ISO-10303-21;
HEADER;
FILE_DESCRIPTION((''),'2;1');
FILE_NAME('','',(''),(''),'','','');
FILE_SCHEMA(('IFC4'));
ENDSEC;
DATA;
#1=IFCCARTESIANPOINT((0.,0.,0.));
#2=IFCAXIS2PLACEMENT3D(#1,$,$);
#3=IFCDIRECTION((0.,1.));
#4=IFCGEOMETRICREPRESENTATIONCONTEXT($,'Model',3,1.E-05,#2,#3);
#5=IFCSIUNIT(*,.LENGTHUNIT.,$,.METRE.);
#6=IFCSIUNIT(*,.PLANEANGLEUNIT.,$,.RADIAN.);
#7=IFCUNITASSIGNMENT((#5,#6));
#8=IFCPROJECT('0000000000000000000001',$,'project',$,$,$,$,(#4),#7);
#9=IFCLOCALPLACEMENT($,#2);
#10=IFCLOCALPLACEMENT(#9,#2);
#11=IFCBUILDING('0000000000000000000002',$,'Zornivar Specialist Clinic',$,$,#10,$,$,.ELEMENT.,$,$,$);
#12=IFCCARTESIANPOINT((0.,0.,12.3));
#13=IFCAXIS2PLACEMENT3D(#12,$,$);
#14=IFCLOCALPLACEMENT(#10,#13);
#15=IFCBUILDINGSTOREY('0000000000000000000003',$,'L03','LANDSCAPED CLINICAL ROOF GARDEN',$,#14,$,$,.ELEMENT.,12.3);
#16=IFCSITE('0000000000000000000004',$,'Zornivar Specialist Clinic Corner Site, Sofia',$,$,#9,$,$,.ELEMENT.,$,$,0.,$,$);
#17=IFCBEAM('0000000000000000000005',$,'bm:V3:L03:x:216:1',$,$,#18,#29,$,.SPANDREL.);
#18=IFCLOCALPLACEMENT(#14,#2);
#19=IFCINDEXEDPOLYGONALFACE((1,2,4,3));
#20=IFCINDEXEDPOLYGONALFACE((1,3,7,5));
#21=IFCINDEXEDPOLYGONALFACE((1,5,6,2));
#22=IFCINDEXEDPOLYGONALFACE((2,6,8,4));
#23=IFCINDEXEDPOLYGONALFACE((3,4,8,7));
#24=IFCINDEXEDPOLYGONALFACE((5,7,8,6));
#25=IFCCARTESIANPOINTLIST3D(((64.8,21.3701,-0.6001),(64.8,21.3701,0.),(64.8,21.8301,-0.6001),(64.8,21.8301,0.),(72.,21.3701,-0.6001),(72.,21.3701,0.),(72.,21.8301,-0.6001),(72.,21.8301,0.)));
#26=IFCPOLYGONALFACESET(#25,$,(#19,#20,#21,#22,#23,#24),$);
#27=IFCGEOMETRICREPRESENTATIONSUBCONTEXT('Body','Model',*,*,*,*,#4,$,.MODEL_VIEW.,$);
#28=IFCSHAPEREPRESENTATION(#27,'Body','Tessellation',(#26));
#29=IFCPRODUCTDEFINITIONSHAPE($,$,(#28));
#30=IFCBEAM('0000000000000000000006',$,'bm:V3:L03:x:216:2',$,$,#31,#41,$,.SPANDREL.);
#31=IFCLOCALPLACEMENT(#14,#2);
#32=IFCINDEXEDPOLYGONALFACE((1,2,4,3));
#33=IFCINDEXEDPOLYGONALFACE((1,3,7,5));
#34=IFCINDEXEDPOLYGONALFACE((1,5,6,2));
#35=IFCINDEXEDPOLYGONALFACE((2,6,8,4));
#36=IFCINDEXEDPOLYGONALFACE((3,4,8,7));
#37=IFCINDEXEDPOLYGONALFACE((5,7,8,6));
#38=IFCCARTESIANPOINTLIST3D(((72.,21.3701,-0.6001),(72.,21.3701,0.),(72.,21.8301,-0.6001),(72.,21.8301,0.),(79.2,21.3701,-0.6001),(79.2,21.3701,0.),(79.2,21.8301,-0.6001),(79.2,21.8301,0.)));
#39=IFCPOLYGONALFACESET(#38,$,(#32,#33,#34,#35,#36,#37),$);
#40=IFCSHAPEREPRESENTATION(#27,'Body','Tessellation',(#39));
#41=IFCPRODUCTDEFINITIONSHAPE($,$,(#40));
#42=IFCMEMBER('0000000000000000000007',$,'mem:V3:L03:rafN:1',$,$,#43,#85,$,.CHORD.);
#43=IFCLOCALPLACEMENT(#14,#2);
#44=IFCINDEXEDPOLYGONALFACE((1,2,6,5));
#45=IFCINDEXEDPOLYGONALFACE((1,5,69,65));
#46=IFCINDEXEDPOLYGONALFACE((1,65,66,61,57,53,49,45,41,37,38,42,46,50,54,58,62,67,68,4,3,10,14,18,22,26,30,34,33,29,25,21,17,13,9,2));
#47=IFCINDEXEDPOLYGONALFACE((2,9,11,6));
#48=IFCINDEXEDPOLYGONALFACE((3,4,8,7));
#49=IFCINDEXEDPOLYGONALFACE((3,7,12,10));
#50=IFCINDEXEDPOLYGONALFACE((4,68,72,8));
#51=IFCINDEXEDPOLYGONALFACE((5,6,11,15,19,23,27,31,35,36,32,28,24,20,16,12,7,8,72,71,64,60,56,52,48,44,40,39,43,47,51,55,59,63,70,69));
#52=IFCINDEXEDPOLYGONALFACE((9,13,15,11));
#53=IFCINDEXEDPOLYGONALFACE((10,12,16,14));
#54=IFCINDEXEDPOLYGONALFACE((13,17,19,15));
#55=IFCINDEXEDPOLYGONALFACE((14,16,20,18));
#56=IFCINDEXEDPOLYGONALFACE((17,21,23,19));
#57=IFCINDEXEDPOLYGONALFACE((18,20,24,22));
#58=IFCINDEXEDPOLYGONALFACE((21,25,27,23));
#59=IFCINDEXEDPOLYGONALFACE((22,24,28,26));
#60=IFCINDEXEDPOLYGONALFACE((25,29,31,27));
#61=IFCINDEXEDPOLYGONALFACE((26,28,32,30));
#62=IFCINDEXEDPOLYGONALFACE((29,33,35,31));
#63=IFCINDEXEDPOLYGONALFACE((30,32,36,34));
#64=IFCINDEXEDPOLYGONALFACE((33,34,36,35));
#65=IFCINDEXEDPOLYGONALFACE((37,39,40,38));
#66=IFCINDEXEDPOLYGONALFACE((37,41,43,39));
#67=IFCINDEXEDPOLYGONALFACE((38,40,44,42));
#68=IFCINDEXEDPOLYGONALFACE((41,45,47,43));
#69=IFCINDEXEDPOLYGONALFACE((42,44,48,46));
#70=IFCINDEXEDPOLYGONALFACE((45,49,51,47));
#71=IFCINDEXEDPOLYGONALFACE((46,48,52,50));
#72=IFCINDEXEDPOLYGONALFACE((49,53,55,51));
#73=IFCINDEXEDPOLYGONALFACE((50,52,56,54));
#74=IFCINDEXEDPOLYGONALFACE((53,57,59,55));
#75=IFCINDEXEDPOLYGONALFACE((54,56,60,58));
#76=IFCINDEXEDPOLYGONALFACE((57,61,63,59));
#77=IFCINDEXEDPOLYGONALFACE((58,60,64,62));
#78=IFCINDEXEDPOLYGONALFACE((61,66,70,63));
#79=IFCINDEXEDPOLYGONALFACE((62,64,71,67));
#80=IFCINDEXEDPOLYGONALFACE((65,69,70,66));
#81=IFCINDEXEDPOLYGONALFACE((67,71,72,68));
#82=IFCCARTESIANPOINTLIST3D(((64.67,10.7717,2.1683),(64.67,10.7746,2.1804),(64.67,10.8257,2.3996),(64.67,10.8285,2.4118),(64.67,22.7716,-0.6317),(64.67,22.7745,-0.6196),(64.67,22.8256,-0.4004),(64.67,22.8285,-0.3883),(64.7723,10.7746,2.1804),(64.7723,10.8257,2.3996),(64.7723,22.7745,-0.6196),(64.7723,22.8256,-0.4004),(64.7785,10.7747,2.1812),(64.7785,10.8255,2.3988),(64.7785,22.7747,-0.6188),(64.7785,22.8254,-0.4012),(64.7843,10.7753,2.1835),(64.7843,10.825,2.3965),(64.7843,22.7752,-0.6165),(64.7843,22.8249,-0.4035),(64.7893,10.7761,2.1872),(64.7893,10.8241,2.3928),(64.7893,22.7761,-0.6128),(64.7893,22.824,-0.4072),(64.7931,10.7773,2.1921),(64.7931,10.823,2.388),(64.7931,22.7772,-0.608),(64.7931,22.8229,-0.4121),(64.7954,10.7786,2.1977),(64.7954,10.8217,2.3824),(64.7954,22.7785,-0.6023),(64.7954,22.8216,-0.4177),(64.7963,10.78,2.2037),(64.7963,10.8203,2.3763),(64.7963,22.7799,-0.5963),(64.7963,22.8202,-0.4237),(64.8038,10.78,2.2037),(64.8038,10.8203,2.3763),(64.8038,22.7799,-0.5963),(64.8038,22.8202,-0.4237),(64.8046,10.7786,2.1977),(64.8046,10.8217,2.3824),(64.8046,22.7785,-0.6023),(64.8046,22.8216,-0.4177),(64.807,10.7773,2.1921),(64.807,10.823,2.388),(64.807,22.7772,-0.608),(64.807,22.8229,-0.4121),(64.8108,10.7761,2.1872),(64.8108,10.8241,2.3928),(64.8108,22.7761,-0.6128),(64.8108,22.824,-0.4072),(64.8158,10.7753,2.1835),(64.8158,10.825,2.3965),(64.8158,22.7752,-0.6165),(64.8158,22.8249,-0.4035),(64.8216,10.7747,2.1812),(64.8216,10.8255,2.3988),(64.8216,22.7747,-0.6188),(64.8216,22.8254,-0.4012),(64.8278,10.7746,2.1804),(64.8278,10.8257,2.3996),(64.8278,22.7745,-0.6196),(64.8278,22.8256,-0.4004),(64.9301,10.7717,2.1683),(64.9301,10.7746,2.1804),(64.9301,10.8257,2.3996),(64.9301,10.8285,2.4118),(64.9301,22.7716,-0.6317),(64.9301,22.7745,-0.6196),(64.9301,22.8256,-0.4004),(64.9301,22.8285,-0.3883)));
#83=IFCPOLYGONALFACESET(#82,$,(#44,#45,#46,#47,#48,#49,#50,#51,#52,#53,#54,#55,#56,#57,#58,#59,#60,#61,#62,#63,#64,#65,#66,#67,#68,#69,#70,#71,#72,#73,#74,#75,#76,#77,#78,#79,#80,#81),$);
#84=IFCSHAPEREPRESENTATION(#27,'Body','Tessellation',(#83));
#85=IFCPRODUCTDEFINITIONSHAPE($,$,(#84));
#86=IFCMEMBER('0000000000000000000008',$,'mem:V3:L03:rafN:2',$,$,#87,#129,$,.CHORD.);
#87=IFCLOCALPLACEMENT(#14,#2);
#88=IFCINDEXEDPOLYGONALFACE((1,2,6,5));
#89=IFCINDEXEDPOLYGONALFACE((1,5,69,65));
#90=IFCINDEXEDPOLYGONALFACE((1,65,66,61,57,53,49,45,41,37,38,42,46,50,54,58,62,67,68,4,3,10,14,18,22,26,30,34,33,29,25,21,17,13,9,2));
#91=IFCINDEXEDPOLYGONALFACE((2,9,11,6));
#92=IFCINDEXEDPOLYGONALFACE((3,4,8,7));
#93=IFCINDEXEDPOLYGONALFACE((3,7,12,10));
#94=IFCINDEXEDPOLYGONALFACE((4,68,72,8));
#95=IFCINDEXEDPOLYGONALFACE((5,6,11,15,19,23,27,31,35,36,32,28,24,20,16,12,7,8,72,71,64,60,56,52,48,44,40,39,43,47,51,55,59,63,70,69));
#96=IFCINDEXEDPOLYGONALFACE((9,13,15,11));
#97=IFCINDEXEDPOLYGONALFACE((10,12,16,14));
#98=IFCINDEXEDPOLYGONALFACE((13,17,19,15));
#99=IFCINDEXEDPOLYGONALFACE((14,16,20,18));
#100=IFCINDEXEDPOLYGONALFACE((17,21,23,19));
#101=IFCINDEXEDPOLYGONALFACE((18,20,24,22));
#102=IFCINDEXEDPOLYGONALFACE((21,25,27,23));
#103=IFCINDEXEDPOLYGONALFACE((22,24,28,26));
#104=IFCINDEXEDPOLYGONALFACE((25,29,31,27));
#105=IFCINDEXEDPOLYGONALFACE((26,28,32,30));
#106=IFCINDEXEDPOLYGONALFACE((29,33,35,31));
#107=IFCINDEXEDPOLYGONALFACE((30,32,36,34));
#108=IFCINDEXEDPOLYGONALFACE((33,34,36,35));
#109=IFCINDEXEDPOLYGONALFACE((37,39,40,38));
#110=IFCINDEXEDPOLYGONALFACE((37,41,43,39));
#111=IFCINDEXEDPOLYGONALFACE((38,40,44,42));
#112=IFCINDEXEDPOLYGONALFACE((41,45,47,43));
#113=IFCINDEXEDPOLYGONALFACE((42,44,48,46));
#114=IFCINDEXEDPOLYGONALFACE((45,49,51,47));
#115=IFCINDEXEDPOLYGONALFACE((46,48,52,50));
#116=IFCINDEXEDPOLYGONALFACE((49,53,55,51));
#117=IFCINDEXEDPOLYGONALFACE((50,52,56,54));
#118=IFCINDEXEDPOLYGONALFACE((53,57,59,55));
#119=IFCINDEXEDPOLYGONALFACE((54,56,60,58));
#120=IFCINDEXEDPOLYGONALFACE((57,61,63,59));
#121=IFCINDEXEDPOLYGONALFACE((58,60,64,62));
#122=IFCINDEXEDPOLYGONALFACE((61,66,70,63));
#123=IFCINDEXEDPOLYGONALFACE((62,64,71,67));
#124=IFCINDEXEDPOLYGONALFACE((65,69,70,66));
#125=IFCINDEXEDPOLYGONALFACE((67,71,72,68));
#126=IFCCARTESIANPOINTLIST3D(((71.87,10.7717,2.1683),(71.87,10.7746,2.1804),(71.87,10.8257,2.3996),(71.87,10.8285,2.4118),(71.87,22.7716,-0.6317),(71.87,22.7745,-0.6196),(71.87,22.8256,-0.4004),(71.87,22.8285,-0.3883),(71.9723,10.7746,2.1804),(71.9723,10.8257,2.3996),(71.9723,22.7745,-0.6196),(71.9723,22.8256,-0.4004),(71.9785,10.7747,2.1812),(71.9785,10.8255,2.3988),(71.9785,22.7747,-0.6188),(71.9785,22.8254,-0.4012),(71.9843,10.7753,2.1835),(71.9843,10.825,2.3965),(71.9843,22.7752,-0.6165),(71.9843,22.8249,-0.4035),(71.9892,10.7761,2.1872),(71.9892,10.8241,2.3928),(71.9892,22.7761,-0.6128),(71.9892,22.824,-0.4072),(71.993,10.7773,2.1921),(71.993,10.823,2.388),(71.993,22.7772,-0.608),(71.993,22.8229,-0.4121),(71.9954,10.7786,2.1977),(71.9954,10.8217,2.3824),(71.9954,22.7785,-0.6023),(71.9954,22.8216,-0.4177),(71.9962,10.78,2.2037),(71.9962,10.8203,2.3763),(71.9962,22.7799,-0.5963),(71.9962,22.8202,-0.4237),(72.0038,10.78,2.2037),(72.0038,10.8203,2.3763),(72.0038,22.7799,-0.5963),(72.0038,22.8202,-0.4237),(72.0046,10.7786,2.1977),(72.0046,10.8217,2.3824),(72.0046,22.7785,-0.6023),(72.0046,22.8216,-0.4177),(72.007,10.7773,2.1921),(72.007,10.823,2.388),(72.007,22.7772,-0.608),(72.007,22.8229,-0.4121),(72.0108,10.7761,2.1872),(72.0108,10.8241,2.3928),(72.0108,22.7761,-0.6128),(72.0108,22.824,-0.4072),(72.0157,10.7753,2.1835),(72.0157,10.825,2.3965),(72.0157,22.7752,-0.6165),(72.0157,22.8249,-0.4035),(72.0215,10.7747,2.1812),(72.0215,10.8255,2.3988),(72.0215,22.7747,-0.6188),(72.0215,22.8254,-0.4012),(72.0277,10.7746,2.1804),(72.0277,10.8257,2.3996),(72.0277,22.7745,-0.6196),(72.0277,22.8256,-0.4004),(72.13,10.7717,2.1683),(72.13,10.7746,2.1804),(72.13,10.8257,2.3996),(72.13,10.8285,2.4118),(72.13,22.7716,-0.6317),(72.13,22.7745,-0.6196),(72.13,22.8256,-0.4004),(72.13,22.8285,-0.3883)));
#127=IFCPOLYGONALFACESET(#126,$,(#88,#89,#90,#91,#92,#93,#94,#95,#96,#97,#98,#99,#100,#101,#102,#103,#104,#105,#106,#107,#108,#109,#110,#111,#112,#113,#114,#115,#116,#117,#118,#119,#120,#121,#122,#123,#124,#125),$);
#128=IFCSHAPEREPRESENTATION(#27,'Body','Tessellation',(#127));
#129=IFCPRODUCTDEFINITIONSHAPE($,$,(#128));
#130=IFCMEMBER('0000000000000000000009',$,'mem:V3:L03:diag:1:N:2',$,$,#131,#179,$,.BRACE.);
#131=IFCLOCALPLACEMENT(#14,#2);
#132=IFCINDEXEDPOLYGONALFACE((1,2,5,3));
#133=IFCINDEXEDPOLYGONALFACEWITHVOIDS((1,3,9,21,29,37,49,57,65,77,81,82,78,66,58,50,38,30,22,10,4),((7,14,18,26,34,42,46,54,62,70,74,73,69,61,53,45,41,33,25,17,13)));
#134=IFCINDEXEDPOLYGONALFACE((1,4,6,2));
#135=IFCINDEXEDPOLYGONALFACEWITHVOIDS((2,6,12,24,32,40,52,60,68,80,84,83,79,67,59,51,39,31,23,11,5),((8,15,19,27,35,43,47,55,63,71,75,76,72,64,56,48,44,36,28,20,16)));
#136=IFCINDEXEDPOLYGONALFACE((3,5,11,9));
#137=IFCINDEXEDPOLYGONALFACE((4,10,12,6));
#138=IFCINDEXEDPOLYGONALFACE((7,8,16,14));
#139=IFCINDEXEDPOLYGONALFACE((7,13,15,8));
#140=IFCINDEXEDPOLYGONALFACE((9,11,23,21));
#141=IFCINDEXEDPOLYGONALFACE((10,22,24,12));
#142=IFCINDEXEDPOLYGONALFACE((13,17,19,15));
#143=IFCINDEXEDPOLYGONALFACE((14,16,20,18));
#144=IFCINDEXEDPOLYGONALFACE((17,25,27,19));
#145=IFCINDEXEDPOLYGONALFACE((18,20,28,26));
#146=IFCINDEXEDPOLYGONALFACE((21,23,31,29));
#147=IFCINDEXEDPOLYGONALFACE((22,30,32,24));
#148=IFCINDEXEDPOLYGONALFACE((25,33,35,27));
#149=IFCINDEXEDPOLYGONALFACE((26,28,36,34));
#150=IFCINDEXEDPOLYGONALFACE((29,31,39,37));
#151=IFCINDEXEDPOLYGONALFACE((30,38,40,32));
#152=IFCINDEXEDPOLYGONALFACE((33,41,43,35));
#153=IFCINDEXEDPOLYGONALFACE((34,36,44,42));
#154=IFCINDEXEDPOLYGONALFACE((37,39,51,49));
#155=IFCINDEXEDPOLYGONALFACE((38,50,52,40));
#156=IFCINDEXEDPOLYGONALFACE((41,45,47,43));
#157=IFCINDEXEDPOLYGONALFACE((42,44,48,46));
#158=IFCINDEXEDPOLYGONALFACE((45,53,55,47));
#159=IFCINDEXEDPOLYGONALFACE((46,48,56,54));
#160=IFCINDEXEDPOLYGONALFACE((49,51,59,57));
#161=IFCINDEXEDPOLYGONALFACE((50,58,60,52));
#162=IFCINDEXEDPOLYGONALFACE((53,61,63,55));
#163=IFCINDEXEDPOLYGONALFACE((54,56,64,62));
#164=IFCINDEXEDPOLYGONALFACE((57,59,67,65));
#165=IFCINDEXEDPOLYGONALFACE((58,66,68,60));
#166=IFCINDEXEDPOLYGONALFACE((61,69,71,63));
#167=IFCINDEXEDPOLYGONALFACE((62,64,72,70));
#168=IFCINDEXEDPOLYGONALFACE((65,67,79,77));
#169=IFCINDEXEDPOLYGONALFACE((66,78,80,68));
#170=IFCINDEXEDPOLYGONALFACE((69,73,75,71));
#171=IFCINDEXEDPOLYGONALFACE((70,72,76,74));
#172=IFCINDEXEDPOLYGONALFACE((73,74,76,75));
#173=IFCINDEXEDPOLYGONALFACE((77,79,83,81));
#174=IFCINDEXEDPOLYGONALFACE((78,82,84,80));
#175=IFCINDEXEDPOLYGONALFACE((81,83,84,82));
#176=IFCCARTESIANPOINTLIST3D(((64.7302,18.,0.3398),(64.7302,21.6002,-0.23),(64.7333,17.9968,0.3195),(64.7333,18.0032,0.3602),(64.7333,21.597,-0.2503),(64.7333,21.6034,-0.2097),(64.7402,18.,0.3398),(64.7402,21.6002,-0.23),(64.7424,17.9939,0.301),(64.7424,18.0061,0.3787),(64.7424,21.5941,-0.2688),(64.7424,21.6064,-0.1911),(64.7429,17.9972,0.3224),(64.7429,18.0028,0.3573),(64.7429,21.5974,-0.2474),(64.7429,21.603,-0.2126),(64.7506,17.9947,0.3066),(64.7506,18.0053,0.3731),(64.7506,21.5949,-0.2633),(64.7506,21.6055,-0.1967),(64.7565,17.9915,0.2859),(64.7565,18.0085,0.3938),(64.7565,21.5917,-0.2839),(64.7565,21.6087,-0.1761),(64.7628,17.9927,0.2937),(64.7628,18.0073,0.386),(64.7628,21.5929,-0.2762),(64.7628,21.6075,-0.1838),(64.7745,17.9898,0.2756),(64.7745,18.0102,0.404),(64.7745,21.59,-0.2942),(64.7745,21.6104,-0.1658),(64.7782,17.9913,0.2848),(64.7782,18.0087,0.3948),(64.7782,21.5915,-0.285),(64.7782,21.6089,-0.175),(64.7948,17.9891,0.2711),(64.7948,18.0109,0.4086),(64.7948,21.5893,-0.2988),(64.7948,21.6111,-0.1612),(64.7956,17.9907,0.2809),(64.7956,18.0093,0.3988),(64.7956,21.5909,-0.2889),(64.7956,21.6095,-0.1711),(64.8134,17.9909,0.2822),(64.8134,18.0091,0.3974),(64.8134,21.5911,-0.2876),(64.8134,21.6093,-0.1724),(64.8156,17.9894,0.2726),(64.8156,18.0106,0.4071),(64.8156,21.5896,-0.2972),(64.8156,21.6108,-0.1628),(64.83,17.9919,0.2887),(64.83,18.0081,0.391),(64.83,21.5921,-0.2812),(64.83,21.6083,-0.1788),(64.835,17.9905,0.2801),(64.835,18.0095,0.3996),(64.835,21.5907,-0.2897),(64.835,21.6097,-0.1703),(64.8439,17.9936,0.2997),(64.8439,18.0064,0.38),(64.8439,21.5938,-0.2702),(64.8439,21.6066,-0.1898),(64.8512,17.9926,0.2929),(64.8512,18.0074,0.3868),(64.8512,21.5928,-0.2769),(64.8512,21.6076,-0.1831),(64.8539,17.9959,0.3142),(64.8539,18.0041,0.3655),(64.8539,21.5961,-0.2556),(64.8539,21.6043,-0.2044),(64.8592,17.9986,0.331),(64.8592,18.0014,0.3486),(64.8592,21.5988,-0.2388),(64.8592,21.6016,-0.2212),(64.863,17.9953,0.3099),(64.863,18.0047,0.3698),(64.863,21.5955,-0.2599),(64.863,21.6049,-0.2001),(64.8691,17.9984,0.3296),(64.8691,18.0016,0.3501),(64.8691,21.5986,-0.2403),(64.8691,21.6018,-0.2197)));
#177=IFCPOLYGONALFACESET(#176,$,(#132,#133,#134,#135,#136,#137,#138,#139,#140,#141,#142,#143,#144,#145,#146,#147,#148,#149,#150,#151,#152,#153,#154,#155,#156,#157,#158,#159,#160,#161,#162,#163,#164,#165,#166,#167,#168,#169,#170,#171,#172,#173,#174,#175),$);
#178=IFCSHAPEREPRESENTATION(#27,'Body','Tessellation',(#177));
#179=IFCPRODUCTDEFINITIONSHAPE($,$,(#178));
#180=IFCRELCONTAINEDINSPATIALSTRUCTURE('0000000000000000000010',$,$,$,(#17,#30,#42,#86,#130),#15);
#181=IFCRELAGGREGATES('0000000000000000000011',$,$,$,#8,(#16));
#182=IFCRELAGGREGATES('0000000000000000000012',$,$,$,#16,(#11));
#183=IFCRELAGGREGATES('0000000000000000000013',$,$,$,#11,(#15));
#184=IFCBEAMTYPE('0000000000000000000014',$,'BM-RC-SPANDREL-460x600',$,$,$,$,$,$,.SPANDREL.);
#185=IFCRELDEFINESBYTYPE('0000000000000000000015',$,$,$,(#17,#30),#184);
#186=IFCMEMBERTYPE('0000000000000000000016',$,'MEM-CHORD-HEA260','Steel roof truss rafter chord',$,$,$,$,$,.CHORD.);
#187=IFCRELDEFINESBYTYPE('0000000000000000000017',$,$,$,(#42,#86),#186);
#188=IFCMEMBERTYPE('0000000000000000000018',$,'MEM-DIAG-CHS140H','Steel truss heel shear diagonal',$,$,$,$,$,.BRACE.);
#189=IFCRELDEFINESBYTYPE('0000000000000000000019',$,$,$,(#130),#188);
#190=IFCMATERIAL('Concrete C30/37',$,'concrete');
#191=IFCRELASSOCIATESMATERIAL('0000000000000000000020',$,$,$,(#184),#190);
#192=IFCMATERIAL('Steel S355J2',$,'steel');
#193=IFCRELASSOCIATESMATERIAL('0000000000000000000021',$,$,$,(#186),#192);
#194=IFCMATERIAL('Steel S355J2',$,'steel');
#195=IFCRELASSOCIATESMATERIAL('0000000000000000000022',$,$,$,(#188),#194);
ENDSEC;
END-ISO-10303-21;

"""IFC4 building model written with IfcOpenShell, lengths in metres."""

from ifc_helpers import new_model, si_unit, direction, frame, origin, origin_2d, place, context, subcontext, project, spatial, rectangle, hollow_circle, i_section, extrude, material, material_profile, profile_set, type_object, element, save


model = new_model("IFC4")

# Units and contexts
model_context = context("Model", 3, precision=1e-05, world=origin(), true_north=direction((0.0, 1.0)))
body_context = subcontext(model_context, "Body", "Model", "MODEL_VIEW")
ifc_project = project(units=[si_unit("LENGTHUNIT", "METRE"), si_unit("PLANEANGLEUNIT", "RADIAN")], contexts=[model_context])

# Site, building, storey
site_placement = place(None, origin())
site = spatial("IfcSite", under=ifc_project, at=site_placement, Name="Zornivar Specialist Clinic Corner Site, Sofia", CompositionType="ELEMENT", RefElevation=0.0)
building_placement = place(site_placement, origin())
building = spatial("IfcBuilding", under=site, at=building_placement, Name="Zornivar Specialist Clinic", CompositionType="ELEMENT")
storey_placement = place(building_placement, frame((0.0, 0.0, 12.3)))
storey = spatial("IfcBuildingStorey", under=building, at=storey_placement, Name="L03", Description="LANDSCAPED CLINICAL ROOF GARDEN", CompositionType="ELEMENT", Elevation=12.3)

# Beams
ifc_material_1 = material(Name="Concrete C30/37", Category="concrete")
ifc_material_profile_1 = material_profile(ifc_material_1, rectangle(XDim=0.46, YDim=0.6001, at=origin_2d()), Name="RC 460x600")
ifc_profile_set_1 = profile_set([ifc_material_profile_1], Name="Concrete C30/37")
beam_type = type_object("IfcBeamType", Name="BM-RC-SPANDREL-460x600", PredefinedType="SPANDREL", material=ifc_profile_set_1)
for number, where, z_axis, x_axis, name in (
    (1, (64.8, 21.6001, -0.3), (1.0, 0.0, 0.0), (0.0, 1.0, 0.0), "bm:V3:L03:x:216:1"),
    (2, (72.0, 21.6001, -0.3), (1.0, 0.0, 0.0), (0.0, 1.0, 0.0), "bm:V3:L03:x:216:2"),
):
    element("IfcBeam", number, at=place(storey_placement, frame(where, z_axis=z_axis, x_axis=x_axis)), inside=storey, type_object=beam_type, Name=name, PredefinedType="SPANDREL", context=body_context, shape_type="SweptSolid", body=[
        extrude(rectangle(XDim=0.46, YDim=0.6001, at=origin_2d()), origin(), (0.0, 0.0, 1.0), 7.2),
    ])

# Members
ifc_material_2 = material(Name="Steel S355J2", Category="steel")
ifc_material_profile_2 = material_profile(ifc_material_2, i_section(OverallWidth=0.26, OverallDepth=0.25, WebThickness=0.0076, FlangeThickness=0.0125, FilletRadius=0.0239, at=origin_2d()), Name="HEA 260")
ifc_profile_set_2 = profile_set([ifc_material_profile_2], Name="Steel S355J2")
member_type_1 = type_object("IfcMemberType", Name="MEM-CHORD-HEA260", Description="Steel roof truss rafter chord", PredefinedType="CHORD", material=ifc_profile_set_2)
for number, where, z_axis, x_axis, name in (
    (3, (64.8, 22.8, -0.51), (0.0, -0.97384, 0.227233), (1.0, 0.0, 0.0), "mem:V3:L03:rafN:1"),
    (4, (72.0, 22.8, -0.51), (0.0, -0.97384, 0.227233), (1.0, 0.0, 0.0), "mem:V3:L03:rafN:2"),
):
    element("IfcMember", number, at=place(storey_placement, frame(where, z_axis=z_axis, x_axis=x_axis)), inside=storey, type_object=member_type_1, Name=name, PredefinedType="CHORD", context=body_context, shape_type="SweptSolid", body=[
        extrude(i_section(OverallWidth=0.26, OverallDepth=0.25, WebThickness=0.0076, FlangeThickness=0.0125, FilletRadius=0.0239, at=origin_2d()), origin(), (0.0, 0.0, 1.0), 12.3223),
    ])
ifc_material_3 = material(Name="Steel S355J2", Category="steel")
ifc_material_profile_3 = material_profile(ifc_material_3, hollow_circle(Radius=0.0698, WallThickness=0.01, at=origin_2d()), Name="CHS 139.7x10")
ifc_profile_set_3 = profile_set([ifc_material_profile_3], Name="Steel S355J2")
member_type_2 = type_object("IfcMemberType", Name="MEM-DIAG-CHS140H", Description="Steel truss heel shear diagonal", PredefinedType="BRACE", material=ifc_profile_set_3)
for number, where, z_axis, x_axis, name in (
    (5, (64.8, 18.0, 0.3398), (0.0, 0.987704, -0.156334), (-1.0, 0.0, 0.0), "mem:V3:L03:diag:1:N:2"),
):
    element("IfcMember", number, at=place(storey_placement, frame(where, z_axis=z_axis, x_axis=x_axis)), inside=storey, type_object=member_type_2, Name=name, PredefinedType="BRACE", context=body_context, shape_type="SweptSolid", body=[
        extrude(hollow_circle(Radius=0.0698, WallThickness=0.01, at=origin_2d()), origin(), (0.0, 0.0, 1.0), 3.645),
    ])

save(model, "model.ifc")
